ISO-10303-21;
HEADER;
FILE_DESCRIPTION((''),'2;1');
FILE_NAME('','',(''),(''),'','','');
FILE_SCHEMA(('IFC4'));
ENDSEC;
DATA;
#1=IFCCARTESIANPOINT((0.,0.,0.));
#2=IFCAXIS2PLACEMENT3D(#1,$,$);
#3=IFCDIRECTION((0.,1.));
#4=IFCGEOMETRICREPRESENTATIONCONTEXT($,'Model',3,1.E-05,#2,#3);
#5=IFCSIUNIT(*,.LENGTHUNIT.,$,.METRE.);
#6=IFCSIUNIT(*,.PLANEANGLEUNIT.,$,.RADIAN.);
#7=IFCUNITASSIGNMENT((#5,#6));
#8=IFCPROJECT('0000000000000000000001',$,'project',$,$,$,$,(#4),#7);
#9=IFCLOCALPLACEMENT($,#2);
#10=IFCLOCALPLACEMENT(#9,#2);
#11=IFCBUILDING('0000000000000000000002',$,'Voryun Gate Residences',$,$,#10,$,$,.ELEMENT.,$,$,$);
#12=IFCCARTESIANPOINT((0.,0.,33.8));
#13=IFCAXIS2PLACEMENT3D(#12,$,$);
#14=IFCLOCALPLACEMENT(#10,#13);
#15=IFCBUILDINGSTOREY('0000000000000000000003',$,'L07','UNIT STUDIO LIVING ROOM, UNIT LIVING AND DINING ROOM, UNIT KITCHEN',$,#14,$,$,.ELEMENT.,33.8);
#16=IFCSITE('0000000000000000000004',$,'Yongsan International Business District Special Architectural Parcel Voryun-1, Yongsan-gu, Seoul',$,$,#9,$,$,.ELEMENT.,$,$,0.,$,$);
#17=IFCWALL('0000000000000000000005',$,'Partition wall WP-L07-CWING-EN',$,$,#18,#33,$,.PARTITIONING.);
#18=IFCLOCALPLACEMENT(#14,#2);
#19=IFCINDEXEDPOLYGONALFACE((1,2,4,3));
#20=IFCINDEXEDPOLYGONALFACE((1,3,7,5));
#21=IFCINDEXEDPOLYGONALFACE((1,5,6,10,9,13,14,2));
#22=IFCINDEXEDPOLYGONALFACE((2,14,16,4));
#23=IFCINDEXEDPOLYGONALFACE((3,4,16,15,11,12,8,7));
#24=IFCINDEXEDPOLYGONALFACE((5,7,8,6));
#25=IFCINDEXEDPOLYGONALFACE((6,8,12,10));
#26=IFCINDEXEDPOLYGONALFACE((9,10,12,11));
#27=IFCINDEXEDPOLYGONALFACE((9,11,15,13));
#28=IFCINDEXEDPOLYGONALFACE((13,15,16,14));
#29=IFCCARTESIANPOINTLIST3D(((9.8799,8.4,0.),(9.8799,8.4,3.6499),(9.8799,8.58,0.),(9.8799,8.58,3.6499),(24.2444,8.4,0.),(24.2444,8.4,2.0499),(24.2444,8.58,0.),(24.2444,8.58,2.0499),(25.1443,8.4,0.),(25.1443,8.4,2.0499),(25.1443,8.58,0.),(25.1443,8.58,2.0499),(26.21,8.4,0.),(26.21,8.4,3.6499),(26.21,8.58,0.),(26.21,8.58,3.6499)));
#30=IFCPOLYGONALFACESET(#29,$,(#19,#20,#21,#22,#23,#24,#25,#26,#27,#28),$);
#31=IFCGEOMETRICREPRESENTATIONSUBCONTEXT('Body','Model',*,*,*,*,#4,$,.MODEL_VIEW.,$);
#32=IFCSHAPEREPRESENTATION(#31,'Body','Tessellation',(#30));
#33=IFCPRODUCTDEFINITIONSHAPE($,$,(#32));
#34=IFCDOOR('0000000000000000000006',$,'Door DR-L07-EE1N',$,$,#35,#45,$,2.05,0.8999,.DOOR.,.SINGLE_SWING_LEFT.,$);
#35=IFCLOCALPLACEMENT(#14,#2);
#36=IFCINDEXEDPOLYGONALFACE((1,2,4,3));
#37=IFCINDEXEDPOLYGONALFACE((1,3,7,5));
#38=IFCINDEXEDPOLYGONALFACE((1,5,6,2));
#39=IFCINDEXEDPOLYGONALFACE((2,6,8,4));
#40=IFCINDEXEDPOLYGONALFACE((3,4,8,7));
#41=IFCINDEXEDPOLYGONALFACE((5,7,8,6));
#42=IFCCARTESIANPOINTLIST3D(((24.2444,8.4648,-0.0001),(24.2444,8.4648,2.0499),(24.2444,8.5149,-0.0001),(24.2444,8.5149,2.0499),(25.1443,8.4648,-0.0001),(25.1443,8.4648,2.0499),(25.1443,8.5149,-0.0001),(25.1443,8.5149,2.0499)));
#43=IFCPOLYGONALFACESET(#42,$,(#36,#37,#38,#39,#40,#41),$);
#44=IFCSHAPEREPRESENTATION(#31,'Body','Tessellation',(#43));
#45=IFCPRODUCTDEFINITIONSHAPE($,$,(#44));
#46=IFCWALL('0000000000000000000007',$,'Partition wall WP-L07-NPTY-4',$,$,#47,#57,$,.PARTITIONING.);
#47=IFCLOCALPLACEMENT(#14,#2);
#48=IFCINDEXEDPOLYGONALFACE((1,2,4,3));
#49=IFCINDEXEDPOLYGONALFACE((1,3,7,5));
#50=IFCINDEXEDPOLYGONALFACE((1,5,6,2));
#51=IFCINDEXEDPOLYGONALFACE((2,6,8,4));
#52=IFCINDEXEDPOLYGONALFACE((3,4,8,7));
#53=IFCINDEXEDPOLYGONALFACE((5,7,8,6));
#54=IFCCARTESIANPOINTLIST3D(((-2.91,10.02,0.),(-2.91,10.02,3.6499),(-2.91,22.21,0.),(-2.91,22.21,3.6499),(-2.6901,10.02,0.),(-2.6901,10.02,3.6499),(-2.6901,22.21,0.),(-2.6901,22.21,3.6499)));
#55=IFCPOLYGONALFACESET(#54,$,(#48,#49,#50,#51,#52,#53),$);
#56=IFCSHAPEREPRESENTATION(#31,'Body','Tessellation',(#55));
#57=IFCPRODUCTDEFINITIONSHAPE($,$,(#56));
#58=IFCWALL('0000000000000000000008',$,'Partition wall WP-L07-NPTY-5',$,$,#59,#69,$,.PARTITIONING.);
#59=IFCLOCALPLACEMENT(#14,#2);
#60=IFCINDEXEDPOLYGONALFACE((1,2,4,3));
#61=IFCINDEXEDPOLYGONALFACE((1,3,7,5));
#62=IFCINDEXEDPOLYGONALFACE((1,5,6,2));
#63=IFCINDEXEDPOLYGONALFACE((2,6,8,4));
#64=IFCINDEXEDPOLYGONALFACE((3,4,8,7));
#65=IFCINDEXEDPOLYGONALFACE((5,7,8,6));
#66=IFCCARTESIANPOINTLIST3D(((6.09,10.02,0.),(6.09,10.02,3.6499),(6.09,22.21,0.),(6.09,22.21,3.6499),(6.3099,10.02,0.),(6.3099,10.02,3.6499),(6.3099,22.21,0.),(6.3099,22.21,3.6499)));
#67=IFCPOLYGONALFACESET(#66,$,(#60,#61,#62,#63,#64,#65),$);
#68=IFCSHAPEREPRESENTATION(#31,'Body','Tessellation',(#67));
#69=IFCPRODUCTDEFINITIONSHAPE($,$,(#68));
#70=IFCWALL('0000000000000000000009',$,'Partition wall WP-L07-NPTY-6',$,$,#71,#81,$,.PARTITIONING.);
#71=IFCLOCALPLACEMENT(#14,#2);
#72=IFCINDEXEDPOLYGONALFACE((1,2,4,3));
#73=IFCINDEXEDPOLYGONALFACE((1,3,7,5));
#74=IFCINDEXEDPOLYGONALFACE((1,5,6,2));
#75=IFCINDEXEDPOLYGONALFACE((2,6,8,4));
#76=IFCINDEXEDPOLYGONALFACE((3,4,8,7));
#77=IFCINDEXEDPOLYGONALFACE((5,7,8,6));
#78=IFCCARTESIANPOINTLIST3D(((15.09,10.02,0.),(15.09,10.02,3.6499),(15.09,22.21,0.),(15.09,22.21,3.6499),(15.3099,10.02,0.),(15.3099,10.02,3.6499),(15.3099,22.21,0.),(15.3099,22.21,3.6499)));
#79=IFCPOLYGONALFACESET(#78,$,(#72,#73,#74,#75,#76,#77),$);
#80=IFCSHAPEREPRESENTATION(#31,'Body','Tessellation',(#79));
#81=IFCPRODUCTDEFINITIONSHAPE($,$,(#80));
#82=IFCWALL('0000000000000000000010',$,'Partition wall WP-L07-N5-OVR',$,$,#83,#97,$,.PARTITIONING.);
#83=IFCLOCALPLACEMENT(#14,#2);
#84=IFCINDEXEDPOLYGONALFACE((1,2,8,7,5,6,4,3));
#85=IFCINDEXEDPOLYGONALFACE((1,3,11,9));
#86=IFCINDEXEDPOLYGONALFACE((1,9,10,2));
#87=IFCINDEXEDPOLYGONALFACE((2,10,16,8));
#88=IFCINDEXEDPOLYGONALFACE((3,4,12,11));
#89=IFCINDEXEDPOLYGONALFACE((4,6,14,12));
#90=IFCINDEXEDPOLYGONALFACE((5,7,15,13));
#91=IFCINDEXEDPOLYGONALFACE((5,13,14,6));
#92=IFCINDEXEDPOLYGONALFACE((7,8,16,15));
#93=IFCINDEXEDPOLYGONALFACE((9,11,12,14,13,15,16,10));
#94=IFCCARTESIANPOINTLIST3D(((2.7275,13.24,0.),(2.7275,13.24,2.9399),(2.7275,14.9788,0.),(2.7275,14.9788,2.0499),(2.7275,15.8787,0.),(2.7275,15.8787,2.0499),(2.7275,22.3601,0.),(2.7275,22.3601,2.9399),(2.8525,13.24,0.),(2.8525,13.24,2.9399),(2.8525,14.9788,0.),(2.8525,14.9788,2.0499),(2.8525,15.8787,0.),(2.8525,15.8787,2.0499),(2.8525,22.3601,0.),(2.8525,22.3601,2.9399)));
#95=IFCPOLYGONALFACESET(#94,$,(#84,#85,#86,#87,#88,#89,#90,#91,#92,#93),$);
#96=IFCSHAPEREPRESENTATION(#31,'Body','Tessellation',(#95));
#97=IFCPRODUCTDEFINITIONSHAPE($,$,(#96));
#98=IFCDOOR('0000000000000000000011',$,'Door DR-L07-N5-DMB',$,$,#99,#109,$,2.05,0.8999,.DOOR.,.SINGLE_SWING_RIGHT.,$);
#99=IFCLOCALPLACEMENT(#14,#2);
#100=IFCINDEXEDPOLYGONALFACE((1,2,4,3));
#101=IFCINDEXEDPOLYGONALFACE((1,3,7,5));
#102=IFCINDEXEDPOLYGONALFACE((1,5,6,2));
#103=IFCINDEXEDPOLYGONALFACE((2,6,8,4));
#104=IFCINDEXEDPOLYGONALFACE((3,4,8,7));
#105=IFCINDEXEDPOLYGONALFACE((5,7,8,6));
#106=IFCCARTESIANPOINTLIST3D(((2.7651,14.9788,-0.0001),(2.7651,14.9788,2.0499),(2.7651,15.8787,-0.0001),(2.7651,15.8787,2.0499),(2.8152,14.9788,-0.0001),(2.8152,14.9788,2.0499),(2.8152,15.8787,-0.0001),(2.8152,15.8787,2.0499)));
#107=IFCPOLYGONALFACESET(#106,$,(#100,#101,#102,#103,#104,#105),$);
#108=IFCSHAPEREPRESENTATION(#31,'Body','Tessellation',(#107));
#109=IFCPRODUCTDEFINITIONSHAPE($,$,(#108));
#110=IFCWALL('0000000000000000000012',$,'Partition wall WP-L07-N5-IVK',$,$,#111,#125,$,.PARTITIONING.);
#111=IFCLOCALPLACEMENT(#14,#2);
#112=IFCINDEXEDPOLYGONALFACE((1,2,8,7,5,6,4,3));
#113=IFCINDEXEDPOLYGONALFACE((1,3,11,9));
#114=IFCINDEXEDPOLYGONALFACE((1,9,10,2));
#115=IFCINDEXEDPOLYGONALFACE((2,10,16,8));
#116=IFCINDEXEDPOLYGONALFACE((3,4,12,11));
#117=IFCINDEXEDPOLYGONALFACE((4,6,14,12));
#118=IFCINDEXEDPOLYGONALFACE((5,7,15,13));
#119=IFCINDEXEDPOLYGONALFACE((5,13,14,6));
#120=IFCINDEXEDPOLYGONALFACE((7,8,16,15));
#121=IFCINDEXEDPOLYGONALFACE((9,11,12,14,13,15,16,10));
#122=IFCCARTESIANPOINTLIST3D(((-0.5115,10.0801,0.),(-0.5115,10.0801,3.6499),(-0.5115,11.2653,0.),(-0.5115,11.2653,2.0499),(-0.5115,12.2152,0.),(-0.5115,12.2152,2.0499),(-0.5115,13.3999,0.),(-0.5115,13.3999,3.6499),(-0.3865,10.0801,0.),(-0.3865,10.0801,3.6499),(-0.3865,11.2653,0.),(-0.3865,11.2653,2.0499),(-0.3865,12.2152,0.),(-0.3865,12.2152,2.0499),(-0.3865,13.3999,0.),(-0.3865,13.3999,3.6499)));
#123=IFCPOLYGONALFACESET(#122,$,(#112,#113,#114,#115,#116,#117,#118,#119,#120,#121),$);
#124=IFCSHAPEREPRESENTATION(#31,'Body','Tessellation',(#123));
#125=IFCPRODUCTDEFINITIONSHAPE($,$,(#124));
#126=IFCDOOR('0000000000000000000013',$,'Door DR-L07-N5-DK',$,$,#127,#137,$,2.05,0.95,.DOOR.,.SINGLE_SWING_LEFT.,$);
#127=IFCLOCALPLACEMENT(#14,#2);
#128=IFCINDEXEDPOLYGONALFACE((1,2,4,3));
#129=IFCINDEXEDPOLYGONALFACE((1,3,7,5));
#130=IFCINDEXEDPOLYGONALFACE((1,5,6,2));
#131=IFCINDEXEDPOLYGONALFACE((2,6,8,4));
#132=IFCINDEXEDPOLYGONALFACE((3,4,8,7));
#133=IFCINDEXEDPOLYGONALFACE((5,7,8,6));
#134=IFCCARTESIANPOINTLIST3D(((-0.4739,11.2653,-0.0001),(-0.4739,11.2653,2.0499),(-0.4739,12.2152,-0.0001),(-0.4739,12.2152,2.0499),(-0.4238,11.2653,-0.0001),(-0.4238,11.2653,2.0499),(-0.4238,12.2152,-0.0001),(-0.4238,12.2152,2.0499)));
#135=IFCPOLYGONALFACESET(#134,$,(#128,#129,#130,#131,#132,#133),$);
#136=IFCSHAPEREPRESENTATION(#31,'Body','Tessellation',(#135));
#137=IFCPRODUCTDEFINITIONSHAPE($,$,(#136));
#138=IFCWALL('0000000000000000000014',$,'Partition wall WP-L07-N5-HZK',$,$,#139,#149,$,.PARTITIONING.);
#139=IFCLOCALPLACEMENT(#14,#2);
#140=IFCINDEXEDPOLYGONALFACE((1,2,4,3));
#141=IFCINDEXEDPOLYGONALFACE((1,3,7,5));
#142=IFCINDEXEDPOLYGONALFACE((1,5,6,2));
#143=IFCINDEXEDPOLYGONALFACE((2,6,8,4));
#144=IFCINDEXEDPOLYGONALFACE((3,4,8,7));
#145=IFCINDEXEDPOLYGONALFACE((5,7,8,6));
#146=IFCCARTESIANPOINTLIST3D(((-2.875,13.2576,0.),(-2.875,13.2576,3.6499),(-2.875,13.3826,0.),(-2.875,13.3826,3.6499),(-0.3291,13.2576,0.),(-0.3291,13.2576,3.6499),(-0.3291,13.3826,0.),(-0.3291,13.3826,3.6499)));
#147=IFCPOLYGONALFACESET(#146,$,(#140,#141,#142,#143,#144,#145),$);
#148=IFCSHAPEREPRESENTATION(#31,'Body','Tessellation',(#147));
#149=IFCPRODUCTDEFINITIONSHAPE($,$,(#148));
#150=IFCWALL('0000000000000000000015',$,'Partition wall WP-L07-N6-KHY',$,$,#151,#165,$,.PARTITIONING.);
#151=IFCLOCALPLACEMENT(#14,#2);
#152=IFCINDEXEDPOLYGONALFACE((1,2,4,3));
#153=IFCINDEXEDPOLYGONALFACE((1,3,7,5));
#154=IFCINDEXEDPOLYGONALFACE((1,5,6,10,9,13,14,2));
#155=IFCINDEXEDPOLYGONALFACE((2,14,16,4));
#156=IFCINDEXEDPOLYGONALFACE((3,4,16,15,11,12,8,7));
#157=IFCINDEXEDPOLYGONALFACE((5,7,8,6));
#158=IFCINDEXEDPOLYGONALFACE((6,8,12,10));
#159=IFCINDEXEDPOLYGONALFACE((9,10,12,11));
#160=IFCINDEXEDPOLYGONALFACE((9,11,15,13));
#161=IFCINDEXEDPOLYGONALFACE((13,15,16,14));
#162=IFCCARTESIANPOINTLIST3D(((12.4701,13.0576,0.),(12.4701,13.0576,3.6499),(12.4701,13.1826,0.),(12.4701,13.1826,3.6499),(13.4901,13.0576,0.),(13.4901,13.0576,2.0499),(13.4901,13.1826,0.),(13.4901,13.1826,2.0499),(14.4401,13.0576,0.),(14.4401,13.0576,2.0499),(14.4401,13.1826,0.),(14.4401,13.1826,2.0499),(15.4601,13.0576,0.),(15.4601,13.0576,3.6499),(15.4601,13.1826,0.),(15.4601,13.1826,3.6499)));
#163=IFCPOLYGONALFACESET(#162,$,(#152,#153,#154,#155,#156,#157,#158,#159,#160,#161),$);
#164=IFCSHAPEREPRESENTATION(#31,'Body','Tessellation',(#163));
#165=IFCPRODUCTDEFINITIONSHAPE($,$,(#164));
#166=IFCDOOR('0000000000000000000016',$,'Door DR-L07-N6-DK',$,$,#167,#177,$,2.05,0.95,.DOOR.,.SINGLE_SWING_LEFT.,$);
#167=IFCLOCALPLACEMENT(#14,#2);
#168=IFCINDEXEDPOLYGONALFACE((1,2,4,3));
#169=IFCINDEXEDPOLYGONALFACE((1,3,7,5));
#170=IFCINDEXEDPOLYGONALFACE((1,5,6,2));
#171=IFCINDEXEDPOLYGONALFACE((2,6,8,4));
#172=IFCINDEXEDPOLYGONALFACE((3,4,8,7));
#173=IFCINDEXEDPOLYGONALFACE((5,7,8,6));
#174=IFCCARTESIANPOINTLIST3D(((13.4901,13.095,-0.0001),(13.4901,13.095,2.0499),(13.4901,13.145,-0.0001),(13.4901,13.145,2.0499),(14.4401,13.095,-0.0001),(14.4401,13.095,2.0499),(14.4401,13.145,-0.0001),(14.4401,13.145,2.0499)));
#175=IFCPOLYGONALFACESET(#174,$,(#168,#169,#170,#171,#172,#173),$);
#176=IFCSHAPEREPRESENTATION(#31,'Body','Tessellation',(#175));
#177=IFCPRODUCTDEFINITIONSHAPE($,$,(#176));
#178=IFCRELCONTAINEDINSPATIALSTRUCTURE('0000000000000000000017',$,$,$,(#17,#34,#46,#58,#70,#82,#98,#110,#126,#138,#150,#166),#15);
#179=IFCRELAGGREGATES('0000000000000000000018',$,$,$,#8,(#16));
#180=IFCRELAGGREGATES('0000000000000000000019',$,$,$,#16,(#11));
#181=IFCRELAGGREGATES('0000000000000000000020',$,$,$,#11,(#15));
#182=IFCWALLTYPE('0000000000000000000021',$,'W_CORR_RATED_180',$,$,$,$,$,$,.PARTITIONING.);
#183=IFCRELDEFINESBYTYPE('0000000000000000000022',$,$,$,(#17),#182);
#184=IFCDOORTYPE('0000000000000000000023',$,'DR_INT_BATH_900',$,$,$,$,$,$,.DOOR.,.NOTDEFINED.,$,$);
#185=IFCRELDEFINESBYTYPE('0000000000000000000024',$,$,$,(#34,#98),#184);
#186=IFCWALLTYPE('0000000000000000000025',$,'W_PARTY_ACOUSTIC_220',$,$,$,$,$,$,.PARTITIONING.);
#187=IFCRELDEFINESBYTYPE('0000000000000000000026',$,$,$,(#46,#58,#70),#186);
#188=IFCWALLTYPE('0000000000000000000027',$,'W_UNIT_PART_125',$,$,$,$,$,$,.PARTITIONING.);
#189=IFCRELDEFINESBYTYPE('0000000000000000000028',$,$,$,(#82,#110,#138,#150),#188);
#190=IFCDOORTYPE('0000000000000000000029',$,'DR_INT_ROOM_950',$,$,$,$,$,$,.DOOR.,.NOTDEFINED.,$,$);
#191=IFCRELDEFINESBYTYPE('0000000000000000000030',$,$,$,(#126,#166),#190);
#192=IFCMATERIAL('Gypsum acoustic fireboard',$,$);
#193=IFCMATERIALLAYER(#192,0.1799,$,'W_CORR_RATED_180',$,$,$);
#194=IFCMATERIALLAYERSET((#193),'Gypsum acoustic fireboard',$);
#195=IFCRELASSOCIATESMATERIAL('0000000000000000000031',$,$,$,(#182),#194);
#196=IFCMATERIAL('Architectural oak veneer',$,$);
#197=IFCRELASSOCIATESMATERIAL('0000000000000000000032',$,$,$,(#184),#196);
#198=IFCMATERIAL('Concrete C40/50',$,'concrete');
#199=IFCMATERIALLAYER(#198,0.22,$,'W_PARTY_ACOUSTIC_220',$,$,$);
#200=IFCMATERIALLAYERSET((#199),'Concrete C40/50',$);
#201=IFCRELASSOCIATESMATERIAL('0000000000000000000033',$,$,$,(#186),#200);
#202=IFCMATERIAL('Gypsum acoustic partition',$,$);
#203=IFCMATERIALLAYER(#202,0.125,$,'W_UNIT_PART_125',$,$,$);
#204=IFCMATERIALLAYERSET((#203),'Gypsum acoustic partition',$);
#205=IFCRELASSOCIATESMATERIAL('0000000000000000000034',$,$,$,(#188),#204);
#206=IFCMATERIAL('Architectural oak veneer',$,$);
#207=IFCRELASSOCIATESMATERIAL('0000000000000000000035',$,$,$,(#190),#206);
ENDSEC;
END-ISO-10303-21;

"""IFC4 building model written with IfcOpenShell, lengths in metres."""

from ifc_helpers import new_model, si_unit, direction, frame, frame_2d, origin, place, context, subcontext, project, spatial, rectangle, extrude, material, layer, layer_set, type_object, element, fill, save


model = new_model("IFC4")

# Units and contexts
model_context = context("Model", 3, precision=1e-05, world=origin(), true_north=direction((0.0, 1.0)))
body_context = subcontext(model_context, "Body", "Model", "MODEL_VIEW")
ifc_project = project(units=[si_unit("LENGTHUNIT", "METRE"), si_unit("PLANEANGLEUNIT", "RADIAN")], contexts=[model_context])

# Site, building, storey
site_placement = place(None, origin())
site = spatial("IfcSite", under=ifc_project, at=site_placement, Name="Yongsan International Business District Special Architectural Parcel Voryun-1, Yongsan-gu, Seoul", CompositionType="ELEMENT", RefElevation=0.0)
building_placement = place(site_placement, origin())
building = spatial("IfcBuilding", under=site, at=building_placement, Name="Voryun Gate Residences", CompositionType="ELEMENT")
storey_placement = place(building_placement, frame((0.0, 0.0, 33.8)))
storey = spatial("IfcBuildingStorey", under=building, at=storey_placement, Name="L07", Description="UNIT STUDIO LIVING ROOM, UNIT LIVING AND DINING ROOM, UNIT KITCHEN", CompositionType="ELEMENT", Elevation=33.8)

# Wall, opening, door
ifc_material_1 = material(Name="Gypsum acoustic fireboard")
ifc_layer_1 = layer(ifc_material_1, 0.1799, Name="W_CORR_RATED_180")
ifc_layer_set_1 = layer_set([ifc_layer_1], Name="Gypsum acoustic fireboard")
wall_type_1 = type_object("IfcWallType", Name="W_CORR_RATED_180", PredefinedType="PARTITIONING", material=ifc_layer_set_1)
wall_1_placement = place(storey_placement, frame((9.8799, 8.49, 0.0), z_axis=(0.0, 0.0, 1.0), x_axis=(1.0, 0.0, 0.0)))
wall_1 = element("IfcWall", 1, at=wall_1_placement, inside=storey, type_object=wall_type_1, Name="Partition wall WP-L07-CWING-EN", PredefinedType="PARTITIONING", context=body_context, shape_type="SweptSolid", body=[
    extrude(rectangle(XDim=16.3301, YDim=0.1799, at=frame_2d((8.165, 0.0))), origin(), (0.0, 0.0, 1.0), 3.6499),
])
opening_1_placement = place(wall_1_placement, frame((14.3645, 0.0, 0.0)))
opening_1 = element("IfcOpeningElement", 2, at=opening_1_placement, cuts=wall_1, PredefinedType="OPENING", context=body_context, shape_type="SweptSolid", body=[
    extrude(rectangle(XDim=0.8999, YDim=2.05, at=frame_2d((0.45, 1.0249))), frame((0.0, 0.0999, 0.0), z_axis=(0.0, -1.0, 0.0), x_axis=(1.0, 0.0, 0.0)), (0.0, 0.0, 1.0), 0.2),
])
ifc_material_2 = material(Name="Architectural oak veneer")
door_type_1 = type_object("IfcDoorType", Name="DR_INT_BATH_900", OperationType="NOTDEFINED", PredefinedType="DOOR", material=ifc_material_2)
door_1_placement = place(opening_1_placement, origin())
door_1 = element("IfcDoor", 3, at=door_1_placement, inside=storey, type_object=door_type_1, Name="Door DR-L07-EE1N", OperationType="SINGLE_SWING_LEFT", OverallHeight=2.05, OverallWidth=0.8999, PredefinedType="DOOR", context=body_context, shape_type="SweptSolid", body=[
    extrude(rectangle(XDim=0.8999, YDim=2.05, at=frame_2d((0.45, 1.0249))), frame((0.0, 0.0249, 0.0), z_axis=(0.0, -1.0, 0.0), x_axis=(1.0, 0.0, 0.0)), (0.0, 0.0, 1.0), 0.05),
])
fill(opening_1, door_1)

# Walls
ifc_material_3 = material(Name="Concrete C40/50", Category="concrete")
ifc_layer_2 = layer(ifc_material_3, 0.22, Name="W_PARTY_ACOUSTIC_220")
ifc_layer_set_2 = layer_set([ifc_layer_2], Name="Concrete C40/50")
wall_type_2 = type_object("IfcWallType", Name="W_PARTY_ACOUSTIC_220", PredefinedType="PARTITIONING", material=ifc_layer_set_2)
for number, where, z_axis, x_axis, name in (
    (4, (-2.8, 10.02, 0.0), (0.0, 0.0, 1.0), (0.0, 1.0, 0.0), "Partition wall WP-L07-NPTY-4"),
    (5, (6.2, 10.02, 0.0), (0.0, 0.0, 1.0), (0.0, 1.0, 0.0), "Partition wall WP-L07-NPTY-5"),
    (6, (15.2, 10.02, 0.0), (0.0, 0.0, 1.0), (0.0, 1.0, 0.0), "Partition wall WP-L07-NPTY-6"),
):
    element("IfcWall", number, at=place(storey_placement, frame(where, z_axis=z_axis, x_axis=x_axis)), inside=storey, type_object=wall_type_2, Name=name, PredefinedType="PARTITIONING", context=body_context, shape_type="SweptSolid", body=[
        extrude(rectangle(XDim=12.1899, YDim=0.22, at=frame_2d((6.095, 0.0))), origin(), (0.0, 0.0, 1.0), 3.6499),
    ])

# Walls, openings, doors
ifc_material_4 = material(Name="Gypsum acoustic partition")
ifc_layer_3 = layer(ifc_material_4, 0.125, Name="W_UNIT_PART_125")
ifc_layer_set_3 = layer_set([ifc_layer_3], Name="Gypsum acoustic partition")
wall_type_3 = type_object("IfcWallType", Name="W_UNIT_PART_125", PredefinedType="PARTITIONING", material=ifc_layer_set_3)
wall_2_placement = place(storey_placement, frame((2.79, 13.24, 0.0), z_axis=(0.0, 0.0, 1.0), x_axis=(0.0, 1.0, 0.0)))
wall_2 = element("IfcWall", 7, at=wall_2_placement, inside=storey, type_object=wall_type_3, Name="Partition wall WP-L07-N5-OVR", PredefinedType="PARTITIONING", context=body_context, shape_type="SweptSolid", body=[
    extrude(rectangle(XDim=9.1201, YDim=0.125, at=frame_2d((4.5601, 0.0))), origin(), (0.0, 0.0, 1.0), 2.9399),
])
opening_2_placement = place(wall_2_placement, frame((1.7388, 0.0, 0.0)))
opening_2 = element("IfcOpeningElement", 8, at=opening_2_placement, cuts=wall_2, PredefinedType="OPENING", context=body_context, shape_type="SweptSolid", body=[
    extrude(rectangle(XDim=0.8999, YDim=2.05, at=frame_2d((0.45, 1.0249))), frame((0.0, 0.0725, 0.0), z_axis=(0.0, -1.0, 0.0), x_axis=(1.0, 0.0, 0.0)), (0.0, 0.0, 1.0), 0.145),
])
door_2_placement = place(opening_2_placement, origin())
door_2 = element("IfcDoor", 9, at=door_2_placement, inside=storey, type_object=door_type_1, Name="Door DR-L07-N5-DMB", OperationType="SINGLE_SWING_RIGHT", OverallHeight=2.05, OverallWidth=0.8999, PredefinedType="DOOR", context=body_context, shape_type="SweptSolid", body=[
    extrude(rectangle(XDim=0.8999, YDim=2.05, at=frame_2d((0.45, 1.0249))), frame((0.0, 0.0249, 0.0), z_axis=(0.0, -1.0, 0.0), x_axis=(1.0, 0.0, 0.0)), (0.0, 0.0, 1.0), 0.05),
])
fill(opening_2, door_2)
wall_3_placement = place(storey_placement, frame((-0.449, 10.0801, 0.0), z_axis=(0.0, 0.0, 1.0), x_axis=(0.0, 1.0, 0.0)))
wall_3 = element("IfcWall", 10, at=wall_3_placement, inside=storey, type_object=wall_type_3, Name="Partition wall WP-L07-N5-IVK", PredefinedType="PARTITIONING", context=body_context, shape_type="SweptSolid", body=[
    extrude(rectangle(XDim=3.3198, YDim=0.125, at=frame_2d((1.6599, 0.0))), origin(), (0.0, 0.0, 1.0), 3.6499),
])
opening_3_placement = place(wall_3_placement, frame((1.1851, 0.0, 0.0)))
opening_3 = element("IfcOpeningElement", 11, at=opening_3_placement, cuts=wall_3, PredefinedType="OPENING", context=body_context, shape_type="SweptSolid", body=[
    extrude(rectangle(XDim=0.95, YDim=2.05, at=frame_2d((0.4751, 1.0249))), frame((0.0, 0.0725, 0.0), z_axis=(0.0, -1.0, 0.0), x_axis=(1.0, 0.0, 0.0)), (0.0, 0.0, 1.0), 0.145),
])
ifc_material_5 = material(Name="Architectural oak veneer")
door_type_2 = type_object("IfcDoorType", Name="DR_INT_ROOM_950", OperationType="NOTDEFINED", PredefinedType="DOOR", material=ifc_material_5)
door_3_placement = place(opening_3_placement, origin())
door_3 = element("IfcDoor", 12, at=door_3_placement, inside=storey, type_object=door_type_2, Name="Door DR-L07-N5-DK", OperationType="SINGLE_SWING_LEFT", OverallHeight=2.05, OverallWidth=0.95, PredefinedType="DOOR", context=body_context, shape_type="SweptSolid", body=[
    extrude(rectangle(XDim=0.95, YDim=2.05, at=frame_2d((0.4751, 1.0249))), frame((0.0, 0.0249, 0.0), z_axis=(0.0, -1.0, 0.0), x_axis=(1.0, 0.0, 0.0)), (0.0, 0.0, 1.0), 0.05),
])
fill(opening_3, door_3)

# Wall
wall_4_placement = place(storey_placement, frame((-2.875, 13.3201, 0.0), z_axis=(0.0, 0.0, 1.0), x_axis=(1.0, 0.0, 0.0)))
element("IfcWall", 13, at=wall_4_placement, inside=storey, type_object=wall_type_3, Name="Partition wall WP-L07-N5-HZK", PredefinedType="PARTITIONING", context=body_context, shape_type="SweptSolid", body=[
    extrude(rectangle(XDim=2.5459, YDim=0.125, at=frame_2d((1.2729, 0.0))), origin(), (0.0, 0.0, 1.0), 3.6499),
])

# Wall, opening, door
wall_5_placement = place(storey_placement, frame((12.47, 13.1201, 0.0), z_axis=(0.0, 0.0, 1.0), x_axis=(1.0, 0.0, 0.0)))
wall_5 = element("IfcWall", 14, at=wall_5_placement, inside=storey, type_object=wall_type_3, Name="Partition wall WP-L07-N6-KHY", PredefinedType="PARTITIONING", context=body_context, shape_type="SweptSolid", body=[
    extrude(rectangle(XDim=2.99, YDim=0.125, at=frame_2d((1.4951, 0.0))), origin(), (0.0, 0.0, 1.0), 3.6499),
])
opening_4_placement = place(wall_5_placement, frame((1.02, 0.0, 0.0)))
opening_4 = element("IfcOpeningElement", 15, at=opening_4_placement, cuts=wall_5, PredefinedType="OPENING", context=body_context, shape_type="SweptSolid", body=[
    extrude(rectangle(XDim=0.95, YDim=2.05, at=frame_2d((0.4751, 1.0249))), frame((0.0, 0.0725, 0.0), z_axis=(0.0, -1.0, 0.0), x_axis=(1.0, 0.0, 0.0)), (0.0, 0.0, 1.0), 0.145),
])
door_4_placement = place(opening_4_placement, origin())
door_4 = element("IfcDoor", 16, at=door_4_placement, inside=storey, type_object=door_type_2, Name="Door DR-L07-N6-DK", OperationType="SINGLE_SWING_LEFT", OverallHeight=2.05, OverallWidth=0.95, PredefinedType="DOOR", context=body_context, shape_type="SweptSolid", body=[
    extrude(rectangle(XDim=0.95, YDim=2.05, at=frame_2d((0.4751, 1.0249))), frame((0.0, 0.0249, 0.0), z_axis=(0.0, -1.0, 0.0), x_axis=(1.0, 0.0, 0.0)), (0.0, 0.0, 1.0), 0.05),
])
fill(opening_4, door_4)

save(model, "model.ifc")
